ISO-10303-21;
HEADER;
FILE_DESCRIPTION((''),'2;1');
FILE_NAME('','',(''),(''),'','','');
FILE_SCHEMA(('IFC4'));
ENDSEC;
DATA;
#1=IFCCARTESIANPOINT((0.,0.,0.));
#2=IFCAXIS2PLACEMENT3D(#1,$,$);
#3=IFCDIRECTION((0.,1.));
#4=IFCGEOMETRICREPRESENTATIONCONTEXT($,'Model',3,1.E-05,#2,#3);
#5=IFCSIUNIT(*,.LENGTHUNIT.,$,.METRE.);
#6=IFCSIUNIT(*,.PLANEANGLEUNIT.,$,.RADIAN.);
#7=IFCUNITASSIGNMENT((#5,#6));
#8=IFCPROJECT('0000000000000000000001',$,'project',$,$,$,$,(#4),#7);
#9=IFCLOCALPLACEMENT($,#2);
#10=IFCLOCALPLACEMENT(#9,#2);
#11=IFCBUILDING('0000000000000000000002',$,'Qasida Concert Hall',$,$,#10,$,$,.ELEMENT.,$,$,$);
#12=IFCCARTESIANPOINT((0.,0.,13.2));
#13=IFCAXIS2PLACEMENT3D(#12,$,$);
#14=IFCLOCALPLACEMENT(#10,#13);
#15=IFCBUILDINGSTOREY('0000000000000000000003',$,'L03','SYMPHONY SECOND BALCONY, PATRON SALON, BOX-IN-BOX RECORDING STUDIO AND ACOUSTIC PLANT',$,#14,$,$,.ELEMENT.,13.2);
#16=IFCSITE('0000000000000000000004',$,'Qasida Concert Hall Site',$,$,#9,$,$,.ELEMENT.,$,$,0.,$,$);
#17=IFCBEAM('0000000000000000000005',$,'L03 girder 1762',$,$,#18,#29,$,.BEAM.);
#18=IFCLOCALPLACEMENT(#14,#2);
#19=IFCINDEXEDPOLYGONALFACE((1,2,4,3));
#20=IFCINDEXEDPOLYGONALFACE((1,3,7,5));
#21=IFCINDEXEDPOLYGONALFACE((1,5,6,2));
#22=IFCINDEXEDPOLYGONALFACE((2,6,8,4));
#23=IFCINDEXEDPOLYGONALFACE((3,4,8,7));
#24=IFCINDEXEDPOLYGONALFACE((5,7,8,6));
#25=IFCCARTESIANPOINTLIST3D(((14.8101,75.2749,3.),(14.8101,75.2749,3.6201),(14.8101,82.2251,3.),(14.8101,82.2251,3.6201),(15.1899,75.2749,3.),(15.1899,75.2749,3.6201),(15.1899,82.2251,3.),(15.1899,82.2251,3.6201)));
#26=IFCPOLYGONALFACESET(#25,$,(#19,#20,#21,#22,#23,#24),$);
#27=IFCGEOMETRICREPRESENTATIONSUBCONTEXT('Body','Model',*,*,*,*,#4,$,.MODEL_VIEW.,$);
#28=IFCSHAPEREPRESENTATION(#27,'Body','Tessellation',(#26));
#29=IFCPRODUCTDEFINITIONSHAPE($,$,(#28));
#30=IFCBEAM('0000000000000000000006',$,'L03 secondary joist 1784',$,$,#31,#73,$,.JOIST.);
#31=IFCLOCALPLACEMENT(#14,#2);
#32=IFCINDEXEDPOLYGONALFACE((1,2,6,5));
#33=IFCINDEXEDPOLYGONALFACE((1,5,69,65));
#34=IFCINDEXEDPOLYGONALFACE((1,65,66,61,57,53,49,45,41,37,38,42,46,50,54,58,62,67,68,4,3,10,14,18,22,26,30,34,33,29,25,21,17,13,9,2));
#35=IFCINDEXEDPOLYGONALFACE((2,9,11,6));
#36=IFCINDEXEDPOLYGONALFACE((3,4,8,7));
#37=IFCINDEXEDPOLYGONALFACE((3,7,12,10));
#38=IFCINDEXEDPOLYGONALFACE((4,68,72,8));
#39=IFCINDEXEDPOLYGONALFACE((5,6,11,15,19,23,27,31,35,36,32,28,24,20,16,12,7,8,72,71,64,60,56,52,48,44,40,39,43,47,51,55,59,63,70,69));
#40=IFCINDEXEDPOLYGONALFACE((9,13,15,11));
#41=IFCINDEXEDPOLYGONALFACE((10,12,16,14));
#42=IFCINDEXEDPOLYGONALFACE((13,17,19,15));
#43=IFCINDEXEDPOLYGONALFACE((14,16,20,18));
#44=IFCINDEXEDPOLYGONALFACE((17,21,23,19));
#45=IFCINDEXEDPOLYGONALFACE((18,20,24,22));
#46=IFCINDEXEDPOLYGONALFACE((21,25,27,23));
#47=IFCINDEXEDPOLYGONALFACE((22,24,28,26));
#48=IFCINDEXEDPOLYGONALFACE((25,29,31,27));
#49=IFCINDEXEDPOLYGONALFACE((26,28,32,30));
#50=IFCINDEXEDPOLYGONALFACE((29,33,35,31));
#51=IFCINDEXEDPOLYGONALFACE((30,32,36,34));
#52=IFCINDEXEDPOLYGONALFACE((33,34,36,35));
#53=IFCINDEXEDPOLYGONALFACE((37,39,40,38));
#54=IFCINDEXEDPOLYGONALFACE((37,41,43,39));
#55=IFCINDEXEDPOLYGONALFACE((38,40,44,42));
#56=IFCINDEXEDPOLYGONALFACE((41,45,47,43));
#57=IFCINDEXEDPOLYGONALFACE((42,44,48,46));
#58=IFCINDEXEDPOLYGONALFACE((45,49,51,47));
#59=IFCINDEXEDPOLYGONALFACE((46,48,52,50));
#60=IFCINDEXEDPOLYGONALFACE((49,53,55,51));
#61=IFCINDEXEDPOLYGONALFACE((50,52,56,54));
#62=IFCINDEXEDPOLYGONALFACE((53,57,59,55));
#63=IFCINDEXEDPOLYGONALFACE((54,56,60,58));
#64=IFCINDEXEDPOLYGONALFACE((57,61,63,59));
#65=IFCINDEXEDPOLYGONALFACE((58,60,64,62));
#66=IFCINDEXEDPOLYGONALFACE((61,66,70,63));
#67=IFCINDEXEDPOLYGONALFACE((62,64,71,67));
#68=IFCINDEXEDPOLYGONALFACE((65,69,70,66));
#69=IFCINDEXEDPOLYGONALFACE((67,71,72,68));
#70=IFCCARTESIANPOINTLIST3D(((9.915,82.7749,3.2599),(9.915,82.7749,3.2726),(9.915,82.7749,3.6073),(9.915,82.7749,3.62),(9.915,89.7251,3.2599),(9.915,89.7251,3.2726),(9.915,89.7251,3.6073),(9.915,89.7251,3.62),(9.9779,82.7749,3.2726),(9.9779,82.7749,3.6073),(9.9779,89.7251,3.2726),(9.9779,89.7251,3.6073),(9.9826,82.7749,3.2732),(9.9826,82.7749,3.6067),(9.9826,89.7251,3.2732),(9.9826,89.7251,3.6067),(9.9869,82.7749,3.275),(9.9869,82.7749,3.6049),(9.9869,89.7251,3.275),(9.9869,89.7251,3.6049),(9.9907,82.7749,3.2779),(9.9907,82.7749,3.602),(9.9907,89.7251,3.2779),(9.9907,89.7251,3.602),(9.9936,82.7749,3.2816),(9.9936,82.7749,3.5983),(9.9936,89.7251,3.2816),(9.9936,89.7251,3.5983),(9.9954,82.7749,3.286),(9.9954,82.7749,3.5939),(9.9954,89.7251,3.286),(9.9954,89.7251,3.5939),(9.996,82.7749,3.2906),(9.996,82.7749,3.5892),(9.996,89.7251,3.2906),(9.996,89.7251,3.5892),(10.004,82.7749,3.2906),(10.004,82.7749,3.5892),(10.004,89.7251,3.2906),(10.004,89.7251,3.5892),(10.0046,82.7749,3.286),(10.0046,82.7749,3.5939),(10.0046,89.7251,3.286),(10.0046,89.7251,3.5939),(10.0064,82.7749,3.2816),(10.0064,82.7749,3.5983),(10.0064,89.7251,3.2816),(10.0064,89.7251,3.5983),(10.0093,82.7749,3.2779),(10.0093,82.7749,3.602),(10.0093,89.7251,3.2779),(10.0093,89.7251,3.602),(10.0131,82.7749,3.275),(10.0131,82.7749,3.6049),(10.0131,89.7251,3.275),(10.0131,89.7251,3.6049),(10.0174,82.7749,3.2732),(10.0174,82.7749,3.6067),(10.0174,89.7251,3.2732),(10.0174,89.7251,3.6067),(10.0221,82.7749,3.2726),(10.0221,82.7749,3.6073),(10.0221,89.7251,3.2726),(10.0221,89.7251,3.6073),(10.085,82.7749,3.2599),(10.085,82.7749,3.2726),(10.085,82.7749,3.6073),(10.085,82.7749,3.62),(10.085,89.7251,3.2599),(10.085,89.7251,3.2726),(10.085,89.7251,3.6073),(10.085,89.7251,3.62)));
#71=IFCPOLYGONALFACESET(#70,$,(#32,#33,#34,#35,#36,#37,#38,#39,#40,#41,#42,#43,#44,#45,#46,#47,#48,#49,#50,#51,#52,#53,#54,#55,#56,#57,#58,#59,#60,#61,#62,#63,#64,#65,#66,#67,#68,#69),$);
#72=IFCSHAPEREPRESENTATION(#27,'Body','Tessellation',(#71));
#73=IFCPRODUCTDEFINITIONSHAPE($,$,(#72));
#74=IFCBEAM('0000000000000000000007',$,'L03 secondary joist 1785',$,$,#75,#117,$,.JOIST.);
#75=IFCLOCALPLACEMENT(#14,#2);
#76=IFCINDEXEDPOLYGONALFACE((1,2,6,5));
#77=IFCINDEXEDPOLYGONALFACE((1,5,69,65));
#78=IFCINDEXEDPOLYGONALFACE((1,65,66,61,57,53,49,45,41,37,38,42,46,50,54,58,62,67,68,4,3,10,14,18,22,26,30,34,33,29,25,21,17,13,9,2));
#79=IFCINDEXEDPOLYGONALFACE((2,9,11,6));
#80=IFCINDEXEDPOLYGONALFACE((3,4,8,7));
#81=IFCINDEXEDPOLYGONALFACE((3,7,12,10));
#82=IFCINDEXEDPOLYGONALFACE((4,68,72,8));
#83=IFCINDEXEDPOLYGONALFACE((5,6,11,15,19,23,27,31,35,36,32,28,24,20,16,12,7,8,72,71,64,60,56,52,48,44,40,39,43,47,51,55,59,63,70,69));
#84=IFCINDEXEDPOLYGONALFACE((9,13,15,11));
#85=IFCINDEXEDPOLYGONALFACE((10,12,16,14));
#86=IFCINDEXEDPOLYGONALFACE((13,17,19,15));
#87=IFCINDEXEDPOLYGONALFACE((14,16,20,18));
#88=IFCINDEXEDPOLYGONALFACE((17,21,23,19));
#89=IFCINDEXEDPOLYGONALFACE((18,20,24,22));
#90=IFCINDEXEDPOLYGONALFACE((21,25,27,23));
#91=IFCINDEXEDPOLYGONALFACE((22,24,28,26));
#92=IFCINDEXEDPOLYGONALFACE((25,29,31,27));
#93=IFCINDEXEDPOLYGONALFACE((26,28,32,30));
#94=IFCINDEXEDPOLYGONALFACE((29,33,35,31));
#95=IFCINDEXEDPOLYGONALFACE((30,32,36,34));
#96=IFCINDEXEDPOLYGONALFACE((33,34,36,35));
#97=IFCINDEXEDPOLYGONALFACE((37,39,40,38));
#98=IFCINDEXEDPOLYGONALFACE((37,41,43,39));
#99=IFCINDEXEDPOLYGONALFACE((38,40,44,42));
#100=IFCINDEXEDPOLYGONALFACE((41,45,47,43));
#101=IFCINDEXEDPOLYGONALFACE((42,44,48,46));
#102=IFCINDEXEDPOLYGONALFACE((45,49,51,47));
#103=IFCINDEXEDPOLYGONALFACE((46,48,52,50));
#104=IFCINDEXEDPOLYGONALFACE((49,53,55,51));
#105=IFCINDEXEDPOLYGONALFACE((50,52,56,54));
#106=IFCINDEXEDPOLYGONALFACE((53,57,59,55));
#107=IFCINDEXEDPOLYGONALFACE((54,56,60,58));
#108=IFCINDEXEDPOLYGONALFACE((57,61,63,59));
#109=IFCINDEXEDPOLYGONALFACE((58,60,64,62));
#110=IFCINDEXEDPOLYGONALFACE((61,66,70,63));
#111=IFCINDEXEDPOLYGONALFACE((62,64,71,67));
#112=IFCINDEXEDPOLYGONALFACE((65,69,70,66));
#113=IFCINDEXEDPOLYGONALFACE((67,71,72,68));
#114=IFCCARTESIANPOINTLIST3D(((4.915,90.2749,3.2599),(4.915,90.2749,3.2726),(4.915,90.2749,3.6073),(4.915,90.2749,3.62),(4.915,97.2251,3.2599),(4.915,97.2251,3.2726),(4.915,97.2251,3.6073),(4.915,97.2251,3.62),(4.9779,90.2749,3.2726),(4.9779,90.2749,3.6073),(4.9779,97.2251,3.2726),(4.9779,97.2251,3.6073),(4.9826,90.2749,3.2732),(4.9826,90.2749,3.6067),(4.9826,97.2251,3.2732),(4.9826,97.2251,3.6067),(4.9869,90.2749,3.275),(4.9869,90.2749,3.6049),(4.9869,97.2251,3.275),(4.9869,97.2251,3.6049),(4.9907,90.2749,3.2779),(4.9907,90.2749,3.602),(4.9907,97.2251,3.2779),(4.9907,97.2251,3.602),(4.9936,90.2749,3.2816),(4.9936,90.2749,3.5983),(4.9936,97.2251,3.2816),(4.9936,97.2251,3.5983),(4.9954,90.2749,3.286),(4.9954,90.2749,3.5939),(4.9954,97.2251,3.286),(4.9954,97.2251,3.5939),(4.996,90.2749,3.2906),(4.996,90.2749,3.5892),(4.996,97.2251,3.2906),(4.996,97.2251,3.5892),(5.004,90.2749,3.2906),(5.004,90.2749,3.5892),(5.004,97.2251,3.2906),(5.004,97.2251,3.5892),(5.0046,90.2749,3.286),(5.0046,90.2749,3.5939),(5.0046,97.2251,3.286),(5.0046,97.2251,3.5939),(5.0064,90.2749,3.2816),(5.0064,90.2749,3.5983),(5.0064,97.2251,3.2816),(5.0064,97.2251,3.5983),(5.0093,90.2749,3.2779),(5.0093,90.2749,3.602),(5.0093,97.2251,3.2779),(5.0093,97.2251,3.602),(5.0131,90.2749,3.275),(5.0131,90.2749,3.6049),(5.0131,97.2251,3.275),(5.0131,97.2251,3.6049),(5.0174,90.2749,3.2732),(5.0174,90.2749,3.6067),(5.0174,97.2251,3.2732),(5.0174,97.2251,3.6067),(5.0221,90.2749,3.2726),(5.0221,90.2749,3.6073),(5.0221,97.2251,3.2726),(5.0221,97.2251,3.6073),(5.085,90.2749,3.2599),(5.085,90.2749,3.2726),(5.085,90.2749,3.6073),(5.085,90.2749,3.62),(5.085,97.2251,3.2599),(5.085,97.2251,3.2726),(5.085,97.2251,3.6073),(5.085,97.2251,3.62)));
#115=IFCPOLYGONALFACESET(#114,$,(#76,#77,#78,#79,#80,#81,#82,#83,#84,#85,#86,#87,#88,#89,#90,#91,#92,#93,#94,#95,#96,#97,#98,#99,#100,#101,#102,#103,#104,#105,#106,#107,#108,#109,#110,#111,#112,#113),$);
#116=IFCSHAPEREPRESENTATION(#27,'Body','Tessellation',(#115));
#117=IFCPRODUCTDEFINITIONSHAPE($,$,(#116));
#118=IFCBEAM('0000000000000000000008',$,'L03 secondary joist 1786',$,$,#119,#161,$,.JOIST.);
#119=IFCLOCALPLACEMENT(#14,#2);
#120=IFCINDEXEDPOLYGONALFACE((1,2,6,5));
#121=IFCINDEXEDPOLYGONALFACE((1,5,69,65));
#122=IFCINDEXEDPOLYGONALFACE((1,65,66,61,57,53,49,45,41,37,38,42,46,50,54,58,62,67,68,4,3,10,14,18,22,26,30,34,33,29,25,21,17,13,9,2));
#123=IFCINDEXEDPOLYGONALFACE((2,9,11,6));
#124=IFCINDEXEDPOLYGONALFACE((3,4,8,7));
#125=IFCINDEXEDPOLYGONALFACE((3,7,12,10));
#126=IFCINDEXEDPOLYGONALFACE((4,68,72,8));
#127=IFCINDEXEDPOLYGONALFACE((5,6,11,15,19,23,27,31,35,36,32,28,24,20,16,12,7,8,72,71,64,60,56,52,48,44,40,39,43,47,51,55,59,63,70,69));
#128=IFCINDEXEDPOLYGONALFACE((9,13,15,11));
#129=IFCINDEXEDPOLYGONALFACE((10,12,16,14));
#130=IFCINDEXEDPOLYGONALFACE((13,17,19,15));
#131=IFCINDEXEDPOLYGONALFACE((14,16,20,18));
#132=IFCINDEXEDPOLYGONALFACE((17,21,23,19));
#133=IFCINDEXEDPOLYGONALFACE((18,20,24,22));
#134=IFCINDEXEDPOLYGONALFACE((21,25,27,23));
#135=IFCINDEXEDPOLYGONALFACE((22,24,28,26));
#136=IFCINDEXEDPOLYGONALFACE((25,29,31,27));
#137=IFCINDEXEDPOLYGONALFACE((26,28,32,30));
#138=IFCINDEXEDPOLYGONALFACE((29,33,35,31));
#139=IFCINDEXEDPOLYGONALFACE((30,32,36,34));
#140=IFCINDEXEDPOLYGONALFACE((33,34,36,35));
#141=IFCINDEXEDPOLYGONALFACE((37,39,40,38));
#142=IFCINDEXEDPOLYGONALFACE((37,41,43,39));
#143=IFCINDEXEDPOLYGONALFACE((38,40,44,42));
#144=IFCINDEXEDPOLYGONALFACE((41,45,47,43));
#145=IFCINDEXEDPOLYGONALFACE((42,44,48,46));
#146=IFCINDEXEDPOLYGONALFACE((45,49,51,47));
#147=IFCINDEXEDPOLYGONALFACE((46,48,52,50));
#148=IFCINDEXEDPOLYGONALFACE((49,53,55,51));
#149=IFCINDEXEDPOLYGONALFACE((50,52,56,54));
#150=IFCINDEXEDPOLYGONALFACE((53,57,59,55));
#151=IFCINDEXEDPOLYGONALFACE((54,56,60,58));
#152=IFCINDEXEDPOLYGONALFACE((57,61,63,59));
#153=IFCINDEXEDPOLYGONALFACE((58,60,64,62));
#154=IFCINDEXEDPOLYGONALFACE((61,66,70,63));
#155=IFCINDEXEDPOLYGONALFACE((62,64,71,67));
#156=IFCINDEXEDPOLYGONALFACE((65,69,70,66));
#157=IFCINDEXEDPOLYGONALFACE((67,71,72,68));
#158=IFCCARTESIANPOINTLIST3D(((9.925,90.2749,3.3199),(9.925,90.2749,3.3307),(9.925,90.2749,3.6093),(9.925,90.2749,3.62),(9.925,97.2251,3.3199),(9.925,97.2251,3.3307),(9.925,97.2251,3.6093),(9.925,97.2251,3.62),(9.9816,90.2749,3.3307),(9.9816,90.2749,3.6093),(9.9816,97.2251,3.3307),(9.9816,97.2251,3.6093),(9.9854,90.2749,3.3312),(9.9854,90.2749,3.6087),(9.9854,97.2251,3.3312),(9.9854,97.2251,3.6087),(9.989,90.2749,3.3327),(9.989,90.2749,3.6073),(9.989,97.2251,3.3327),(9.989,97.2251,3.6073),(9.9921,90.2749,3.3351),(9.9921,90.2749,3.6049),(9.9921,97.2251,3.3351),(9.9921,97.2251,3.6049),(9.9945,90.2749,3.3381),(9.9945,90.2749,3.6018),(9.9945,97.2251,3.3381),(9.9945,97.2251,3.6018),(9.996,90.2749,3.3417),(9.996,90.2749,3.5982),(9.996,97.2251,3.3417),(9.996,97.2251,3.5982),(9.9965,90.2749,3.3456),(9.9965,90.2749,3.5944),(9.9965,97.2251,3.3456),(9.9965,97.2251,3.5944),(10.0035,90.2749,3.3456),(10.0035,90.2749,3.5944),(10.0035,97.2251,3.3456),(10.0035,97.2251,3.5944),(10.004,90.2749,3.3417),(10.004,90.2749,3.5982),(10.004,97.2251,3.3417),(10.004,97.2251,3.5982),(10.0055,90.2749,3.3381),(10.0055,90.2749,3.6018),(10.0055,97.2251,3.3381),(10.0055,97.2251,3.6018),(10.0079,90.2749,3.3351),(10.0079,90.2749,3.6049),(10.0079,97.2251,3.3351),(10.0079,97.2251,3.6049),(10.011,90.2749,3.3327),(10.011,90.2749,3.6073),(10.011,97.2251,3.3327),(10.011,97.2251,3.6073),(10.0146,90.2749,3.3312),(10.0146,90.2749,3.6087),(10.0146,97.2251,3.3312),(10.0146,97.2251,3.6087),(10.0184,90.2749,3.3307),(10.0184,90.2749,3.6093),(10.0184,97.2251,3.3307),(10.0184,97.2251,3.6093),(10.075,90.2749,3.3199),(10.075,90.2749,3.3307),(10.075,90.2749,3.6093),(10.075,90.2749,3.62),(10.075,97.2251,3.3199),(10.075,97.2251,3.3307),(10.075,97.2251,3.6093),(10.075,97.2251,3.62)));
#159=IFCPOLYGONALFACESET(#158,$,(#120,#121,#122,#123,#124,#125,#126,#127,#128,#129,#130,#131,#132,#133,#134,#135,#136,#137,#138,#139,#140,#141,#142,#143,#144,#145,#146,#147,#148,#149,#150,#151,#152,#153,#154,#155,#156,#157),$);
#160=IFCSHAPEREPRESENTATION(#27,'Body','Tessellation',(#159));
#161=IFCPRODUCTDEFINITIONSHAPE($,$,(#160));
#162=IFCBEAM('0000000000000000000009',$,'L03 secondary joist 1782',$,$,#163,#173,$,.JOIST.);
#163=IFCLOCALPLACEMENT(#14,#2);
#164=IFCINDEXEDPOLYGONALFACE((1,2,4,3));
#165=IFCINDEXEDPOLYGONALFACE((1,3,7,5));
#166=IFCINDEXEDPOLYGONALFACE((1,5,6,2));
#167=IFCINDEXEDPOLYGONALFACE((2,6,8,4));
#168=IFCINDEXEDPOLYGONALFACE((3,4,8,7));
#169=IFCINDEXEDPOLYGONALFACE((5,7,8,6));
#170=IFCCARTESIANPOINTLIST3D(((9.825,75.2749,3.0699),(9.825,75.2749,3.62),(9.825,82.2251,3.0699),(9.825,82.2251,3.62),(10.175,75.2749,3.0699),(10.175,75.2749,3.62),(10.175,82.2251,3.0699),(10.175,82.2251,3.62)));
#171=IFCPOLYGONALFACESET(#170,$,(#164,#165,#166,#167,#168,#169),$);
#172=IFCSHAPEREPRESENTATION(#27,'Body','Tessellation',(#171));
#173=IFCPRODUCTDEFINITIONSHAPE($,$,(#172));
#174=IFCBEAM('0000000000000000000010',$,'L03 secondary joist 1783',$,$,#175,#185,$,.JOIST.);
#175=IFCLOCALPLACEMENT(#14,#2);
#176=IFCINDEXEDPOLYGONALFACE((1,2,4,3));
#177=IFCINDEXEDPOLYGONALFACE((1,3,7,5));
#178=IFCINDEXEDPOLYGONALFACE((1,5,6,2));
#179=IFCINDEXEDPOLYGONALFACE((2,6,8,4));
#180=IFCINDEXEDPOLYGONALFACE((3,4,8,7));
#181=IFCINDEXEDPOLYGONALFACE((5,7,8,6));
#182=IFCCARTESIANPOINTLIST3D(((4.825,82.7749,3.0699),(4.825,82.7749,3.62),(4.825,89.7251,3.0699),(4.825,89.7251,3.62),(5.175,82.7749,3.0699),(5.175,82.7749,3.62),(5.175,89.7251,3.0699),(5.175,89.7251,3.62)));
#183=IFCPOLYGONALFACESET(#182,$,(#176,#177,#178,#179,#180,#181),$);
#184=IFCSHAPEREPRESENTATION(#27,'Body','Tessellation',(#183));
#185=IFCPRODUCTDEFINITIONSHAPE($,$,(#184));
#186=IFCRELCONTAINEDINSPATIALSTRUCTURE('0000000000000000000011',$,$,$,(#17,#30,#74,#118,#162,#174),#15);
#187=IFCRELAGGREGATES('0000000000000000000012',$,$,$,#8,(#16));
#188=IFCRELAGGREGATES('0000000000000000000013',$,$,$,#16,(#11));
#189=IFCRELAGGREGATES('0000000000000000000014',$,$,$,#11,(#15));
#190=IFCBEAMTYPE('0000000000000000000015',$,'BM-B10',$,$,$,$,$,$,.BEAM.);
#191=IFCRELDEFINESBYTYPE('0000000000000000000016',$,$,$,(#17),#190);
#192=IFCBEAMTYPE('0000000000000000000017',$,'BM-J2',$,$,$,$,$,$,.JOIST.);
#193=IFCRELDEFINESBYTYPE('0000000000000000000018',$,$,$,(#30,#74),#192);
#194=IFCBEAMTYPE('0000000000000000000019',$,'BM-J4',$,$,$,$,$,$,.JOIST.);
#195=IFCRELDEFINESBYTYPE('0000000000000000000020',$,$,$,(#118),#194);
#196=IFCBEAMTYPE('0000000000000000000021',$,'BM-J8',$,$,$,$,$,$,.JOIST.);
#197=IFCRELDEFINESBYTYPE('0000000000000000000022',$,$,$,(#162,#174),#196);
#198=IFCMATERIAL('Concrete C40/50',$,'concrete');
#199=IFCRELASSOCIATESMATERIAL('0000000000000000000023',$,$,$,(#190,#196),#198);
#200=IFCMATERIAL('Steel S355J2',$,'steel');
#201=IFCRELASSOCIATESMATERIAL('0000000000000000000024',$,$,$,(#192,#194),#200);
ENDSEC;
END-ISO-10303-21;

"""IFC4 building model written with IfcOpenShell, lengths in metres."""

from ifc_helpers import new_model, si_unit, direction, frame, origin, origin_2d, place, context, subcontext, project, spatial, rectangle, i_section, extrude, material, material_profile, profile_set, type_object, element, save


model = new_model("IFC4")

# Units and contexts
model_context = context("Model", 3, precision=1e-05, world=origin(), true_north=direction((0.0, 1.0)))
body_context = subcontext(model_context, "Body", "Model", "MODEL_VIEW")
ifc_project = project(units=[si_unit("LENGTHUNIT", "METRE"), si_unit("PLANEANGLEUNIT", "RADIAN")], contexts=[model_context])

# Site, building, storey
site_placement = place(None, origin())
site = spatial("IfcSite", under=ifc_project, at=site_placement, Name="Qasida Concert Hall Site", CompositionType="ELEMENT", RefElevation=0.0)
building_placement = place(site_placement, origin())
building = spatial("IfcBuilding", under=site, at=building_placement, Name="Qasida Concert Hall", CompositionType="ELEMENT")
storey_placement = place(building_placement, frame((0.0, 0.0, 13.2)))
storey = spatial("IfcBuildingStorey", under=building, at=storey_placement, Name="L03", Description="SYMPHONY SECOND BALCONY, PATRON SALON, BOX-IN-BOX RECORDING STUDIO AND ACOUSTIC PLANT", CompositionType="ELEMENT", Elevation=13.2)

# Beams
ifc_material_1 = material(Name="Concrete C40/50", Category="concrete")
ifc_material_profile_1 = material_profile(ifc_material_1, rectangle(XDim=0.3799, YDim=0.6201, at=origin_2d()), Name="RC 380x620")
ifc_profile_set_1 = profile_set([ifc_material_profile_1], Name="Concrete C40/50")
beam_type_1 = type_object("IfcBeamType", Name="BM-B10", PredefinedType="BEAM", material=ifc_profile_set_1)
beam_1_placement = place(storey_placement, frame((15.0, 75.2749, 3.3101), z_axis=(0.0, 1.0, 0.0), x_axis=(-1.0, 0.0, 0.0)))
element("IfcBeam", 1, at=beam_1_placement, inside=storey, type_object=beam_type_1, Name="L03 girder 1762", PredefinedType="BEAM", context=body_context, shape_type="SweptSolid", body=[
    extrude(rectangle(XDim=0.3799, YDim=0.6201, at=origin_2d()), origin(), (0.0, 0.0, 1.0), 6.9502),
])
ifc_material_2 = material(Name="Steel S355J2", Category="steel")
ifc_material_profile_2 = material_profile(ifc_material_2, i_section(OverallWidth=0.1699, OverallDepth=0.3601, WebThickness=0.0081, FlangeThickness=0.0127, FilletRadius=0.0181, at=origin_2d()), Name="IPE 360")
ifc_profile_set_2 = profile_set([ifc_material_profile_2], Name="Steel S355J2")
beam_type_2 = type_object("IfcBeamType", Name="BM-J2", PredefinedType="JOIST", material=ifc_profile_set_2)
for number, where, z_axis, x_axis, name in (
    (2, (10.0, 82.7749, 3.4399), (0.0, 1.0, 0.0), (-1.0, 0.0, 0.0), "L03 secondary joist 1784"),
    (3, (5.0, 90.2749, 3.4399), (0.0, 1.0, 0.0), (-1.0, 0.0, 0.0), "L03 secondary joist 1785"),
):
    element("IfcBeam", number, at=place(storey_placement, frame(where, z_axis=z_axis, x_axis=x_axis)), inside=storey, type_object=beam_type_2, Name=name, PredefinedType="JOIST", context=body_context, shape_type="SweptSolid", body=[
        extrude(i_section(OverallWidth=0.1699, OverallDepth=0.3601, WebThickness=0.0081, FlangeThickness=0.0127, FilletRadius=0.0181, at=origin_2d()), origin(), (0.0, 0.0, 1.0), 6.9502),
    ])
ifc_material_profile_3 = material_profile(ifc_material_2, i_section(OverallWidth=0.1499, OverallDepth=0.3, WebThickness=0.0071, FlangeThickness=0.0107, FilletRadius=0.0149, at=origin_2d()), Name="IPE 300")
ifc_profile_set_3 = profile_set([ifc_material_profile_3], Name="Steel S355J2")
beam_type_3 = type_object("IfcBeamType", Name="BM-J4", PredefinedType="JOIST", material=ifc_profile_set_3)
beam_2_placement = place(storey_placement, frame((10.0, 90.2749, 3.47), z_axis=(0.0, 1.0, 0.0), x_axis=(-1.0, 0.0, 0.0)))
element("IfcBeam", 4, at=beam_2_placement, inside=storey, type_object=beam_type_3, Name="L03 secondary joist 1786", PredefinedType="JOIST", context=body_context, shape_type="SweptSolid", body=[
    extrude(i_section(OverallWidth=0.1499, OverallDepth=0.3, WebThickness=0.0071, FlangeThickness=0.0107, FilletRadius=0.0149, at=origin_2d()), origin(), (0.0, 0.0, 1.0), 6.9502),
])
ifc_material_profile_4 = material_profile(ifc_material_1, rectangle(XDim=0.3501, YDim=0.55, at=origin_2d()), Name="RC 350x550")
ifc_profile_set_4 = profile_set([ifc_material_profile_4], Name="Concrete C40/50")
beam_type_4 = type_object("IfcBeamType", Name="BM-J8", PredefinedType="JOIST", material=ifc_profile_set_4)
for number, where, z_axis, x_axis, name in (
    (5, (10.0, 75.2749, 3.345), (0.0, 1.0, 0.0), (-1.0, 0.0, 0.0), "L03 secondary joist 1782"),
    (6, (5.0, 82.7749, 3.345), (0.0, 1.0, 0.0), (-1.0, 0.0, 0.0), "L03 secondary joist 1783"),
):
    element("IfcBeam", number, at=place(storey_placement, frame(where, z_axis=z_axis, x_axis=x_axis)), inside=storey, type_object=beam_type_4, Name=name, PredefinedType="JOIST", context=body_context, shape_type="SweptSolid", body=[
        extrude(rectangle(XDim=0.3501, YDim=0.55, at=origin_2d()), origin(), (0.0, 0.0, 1.0), 6.9502),
    ])

save(model, "model.ifc")
